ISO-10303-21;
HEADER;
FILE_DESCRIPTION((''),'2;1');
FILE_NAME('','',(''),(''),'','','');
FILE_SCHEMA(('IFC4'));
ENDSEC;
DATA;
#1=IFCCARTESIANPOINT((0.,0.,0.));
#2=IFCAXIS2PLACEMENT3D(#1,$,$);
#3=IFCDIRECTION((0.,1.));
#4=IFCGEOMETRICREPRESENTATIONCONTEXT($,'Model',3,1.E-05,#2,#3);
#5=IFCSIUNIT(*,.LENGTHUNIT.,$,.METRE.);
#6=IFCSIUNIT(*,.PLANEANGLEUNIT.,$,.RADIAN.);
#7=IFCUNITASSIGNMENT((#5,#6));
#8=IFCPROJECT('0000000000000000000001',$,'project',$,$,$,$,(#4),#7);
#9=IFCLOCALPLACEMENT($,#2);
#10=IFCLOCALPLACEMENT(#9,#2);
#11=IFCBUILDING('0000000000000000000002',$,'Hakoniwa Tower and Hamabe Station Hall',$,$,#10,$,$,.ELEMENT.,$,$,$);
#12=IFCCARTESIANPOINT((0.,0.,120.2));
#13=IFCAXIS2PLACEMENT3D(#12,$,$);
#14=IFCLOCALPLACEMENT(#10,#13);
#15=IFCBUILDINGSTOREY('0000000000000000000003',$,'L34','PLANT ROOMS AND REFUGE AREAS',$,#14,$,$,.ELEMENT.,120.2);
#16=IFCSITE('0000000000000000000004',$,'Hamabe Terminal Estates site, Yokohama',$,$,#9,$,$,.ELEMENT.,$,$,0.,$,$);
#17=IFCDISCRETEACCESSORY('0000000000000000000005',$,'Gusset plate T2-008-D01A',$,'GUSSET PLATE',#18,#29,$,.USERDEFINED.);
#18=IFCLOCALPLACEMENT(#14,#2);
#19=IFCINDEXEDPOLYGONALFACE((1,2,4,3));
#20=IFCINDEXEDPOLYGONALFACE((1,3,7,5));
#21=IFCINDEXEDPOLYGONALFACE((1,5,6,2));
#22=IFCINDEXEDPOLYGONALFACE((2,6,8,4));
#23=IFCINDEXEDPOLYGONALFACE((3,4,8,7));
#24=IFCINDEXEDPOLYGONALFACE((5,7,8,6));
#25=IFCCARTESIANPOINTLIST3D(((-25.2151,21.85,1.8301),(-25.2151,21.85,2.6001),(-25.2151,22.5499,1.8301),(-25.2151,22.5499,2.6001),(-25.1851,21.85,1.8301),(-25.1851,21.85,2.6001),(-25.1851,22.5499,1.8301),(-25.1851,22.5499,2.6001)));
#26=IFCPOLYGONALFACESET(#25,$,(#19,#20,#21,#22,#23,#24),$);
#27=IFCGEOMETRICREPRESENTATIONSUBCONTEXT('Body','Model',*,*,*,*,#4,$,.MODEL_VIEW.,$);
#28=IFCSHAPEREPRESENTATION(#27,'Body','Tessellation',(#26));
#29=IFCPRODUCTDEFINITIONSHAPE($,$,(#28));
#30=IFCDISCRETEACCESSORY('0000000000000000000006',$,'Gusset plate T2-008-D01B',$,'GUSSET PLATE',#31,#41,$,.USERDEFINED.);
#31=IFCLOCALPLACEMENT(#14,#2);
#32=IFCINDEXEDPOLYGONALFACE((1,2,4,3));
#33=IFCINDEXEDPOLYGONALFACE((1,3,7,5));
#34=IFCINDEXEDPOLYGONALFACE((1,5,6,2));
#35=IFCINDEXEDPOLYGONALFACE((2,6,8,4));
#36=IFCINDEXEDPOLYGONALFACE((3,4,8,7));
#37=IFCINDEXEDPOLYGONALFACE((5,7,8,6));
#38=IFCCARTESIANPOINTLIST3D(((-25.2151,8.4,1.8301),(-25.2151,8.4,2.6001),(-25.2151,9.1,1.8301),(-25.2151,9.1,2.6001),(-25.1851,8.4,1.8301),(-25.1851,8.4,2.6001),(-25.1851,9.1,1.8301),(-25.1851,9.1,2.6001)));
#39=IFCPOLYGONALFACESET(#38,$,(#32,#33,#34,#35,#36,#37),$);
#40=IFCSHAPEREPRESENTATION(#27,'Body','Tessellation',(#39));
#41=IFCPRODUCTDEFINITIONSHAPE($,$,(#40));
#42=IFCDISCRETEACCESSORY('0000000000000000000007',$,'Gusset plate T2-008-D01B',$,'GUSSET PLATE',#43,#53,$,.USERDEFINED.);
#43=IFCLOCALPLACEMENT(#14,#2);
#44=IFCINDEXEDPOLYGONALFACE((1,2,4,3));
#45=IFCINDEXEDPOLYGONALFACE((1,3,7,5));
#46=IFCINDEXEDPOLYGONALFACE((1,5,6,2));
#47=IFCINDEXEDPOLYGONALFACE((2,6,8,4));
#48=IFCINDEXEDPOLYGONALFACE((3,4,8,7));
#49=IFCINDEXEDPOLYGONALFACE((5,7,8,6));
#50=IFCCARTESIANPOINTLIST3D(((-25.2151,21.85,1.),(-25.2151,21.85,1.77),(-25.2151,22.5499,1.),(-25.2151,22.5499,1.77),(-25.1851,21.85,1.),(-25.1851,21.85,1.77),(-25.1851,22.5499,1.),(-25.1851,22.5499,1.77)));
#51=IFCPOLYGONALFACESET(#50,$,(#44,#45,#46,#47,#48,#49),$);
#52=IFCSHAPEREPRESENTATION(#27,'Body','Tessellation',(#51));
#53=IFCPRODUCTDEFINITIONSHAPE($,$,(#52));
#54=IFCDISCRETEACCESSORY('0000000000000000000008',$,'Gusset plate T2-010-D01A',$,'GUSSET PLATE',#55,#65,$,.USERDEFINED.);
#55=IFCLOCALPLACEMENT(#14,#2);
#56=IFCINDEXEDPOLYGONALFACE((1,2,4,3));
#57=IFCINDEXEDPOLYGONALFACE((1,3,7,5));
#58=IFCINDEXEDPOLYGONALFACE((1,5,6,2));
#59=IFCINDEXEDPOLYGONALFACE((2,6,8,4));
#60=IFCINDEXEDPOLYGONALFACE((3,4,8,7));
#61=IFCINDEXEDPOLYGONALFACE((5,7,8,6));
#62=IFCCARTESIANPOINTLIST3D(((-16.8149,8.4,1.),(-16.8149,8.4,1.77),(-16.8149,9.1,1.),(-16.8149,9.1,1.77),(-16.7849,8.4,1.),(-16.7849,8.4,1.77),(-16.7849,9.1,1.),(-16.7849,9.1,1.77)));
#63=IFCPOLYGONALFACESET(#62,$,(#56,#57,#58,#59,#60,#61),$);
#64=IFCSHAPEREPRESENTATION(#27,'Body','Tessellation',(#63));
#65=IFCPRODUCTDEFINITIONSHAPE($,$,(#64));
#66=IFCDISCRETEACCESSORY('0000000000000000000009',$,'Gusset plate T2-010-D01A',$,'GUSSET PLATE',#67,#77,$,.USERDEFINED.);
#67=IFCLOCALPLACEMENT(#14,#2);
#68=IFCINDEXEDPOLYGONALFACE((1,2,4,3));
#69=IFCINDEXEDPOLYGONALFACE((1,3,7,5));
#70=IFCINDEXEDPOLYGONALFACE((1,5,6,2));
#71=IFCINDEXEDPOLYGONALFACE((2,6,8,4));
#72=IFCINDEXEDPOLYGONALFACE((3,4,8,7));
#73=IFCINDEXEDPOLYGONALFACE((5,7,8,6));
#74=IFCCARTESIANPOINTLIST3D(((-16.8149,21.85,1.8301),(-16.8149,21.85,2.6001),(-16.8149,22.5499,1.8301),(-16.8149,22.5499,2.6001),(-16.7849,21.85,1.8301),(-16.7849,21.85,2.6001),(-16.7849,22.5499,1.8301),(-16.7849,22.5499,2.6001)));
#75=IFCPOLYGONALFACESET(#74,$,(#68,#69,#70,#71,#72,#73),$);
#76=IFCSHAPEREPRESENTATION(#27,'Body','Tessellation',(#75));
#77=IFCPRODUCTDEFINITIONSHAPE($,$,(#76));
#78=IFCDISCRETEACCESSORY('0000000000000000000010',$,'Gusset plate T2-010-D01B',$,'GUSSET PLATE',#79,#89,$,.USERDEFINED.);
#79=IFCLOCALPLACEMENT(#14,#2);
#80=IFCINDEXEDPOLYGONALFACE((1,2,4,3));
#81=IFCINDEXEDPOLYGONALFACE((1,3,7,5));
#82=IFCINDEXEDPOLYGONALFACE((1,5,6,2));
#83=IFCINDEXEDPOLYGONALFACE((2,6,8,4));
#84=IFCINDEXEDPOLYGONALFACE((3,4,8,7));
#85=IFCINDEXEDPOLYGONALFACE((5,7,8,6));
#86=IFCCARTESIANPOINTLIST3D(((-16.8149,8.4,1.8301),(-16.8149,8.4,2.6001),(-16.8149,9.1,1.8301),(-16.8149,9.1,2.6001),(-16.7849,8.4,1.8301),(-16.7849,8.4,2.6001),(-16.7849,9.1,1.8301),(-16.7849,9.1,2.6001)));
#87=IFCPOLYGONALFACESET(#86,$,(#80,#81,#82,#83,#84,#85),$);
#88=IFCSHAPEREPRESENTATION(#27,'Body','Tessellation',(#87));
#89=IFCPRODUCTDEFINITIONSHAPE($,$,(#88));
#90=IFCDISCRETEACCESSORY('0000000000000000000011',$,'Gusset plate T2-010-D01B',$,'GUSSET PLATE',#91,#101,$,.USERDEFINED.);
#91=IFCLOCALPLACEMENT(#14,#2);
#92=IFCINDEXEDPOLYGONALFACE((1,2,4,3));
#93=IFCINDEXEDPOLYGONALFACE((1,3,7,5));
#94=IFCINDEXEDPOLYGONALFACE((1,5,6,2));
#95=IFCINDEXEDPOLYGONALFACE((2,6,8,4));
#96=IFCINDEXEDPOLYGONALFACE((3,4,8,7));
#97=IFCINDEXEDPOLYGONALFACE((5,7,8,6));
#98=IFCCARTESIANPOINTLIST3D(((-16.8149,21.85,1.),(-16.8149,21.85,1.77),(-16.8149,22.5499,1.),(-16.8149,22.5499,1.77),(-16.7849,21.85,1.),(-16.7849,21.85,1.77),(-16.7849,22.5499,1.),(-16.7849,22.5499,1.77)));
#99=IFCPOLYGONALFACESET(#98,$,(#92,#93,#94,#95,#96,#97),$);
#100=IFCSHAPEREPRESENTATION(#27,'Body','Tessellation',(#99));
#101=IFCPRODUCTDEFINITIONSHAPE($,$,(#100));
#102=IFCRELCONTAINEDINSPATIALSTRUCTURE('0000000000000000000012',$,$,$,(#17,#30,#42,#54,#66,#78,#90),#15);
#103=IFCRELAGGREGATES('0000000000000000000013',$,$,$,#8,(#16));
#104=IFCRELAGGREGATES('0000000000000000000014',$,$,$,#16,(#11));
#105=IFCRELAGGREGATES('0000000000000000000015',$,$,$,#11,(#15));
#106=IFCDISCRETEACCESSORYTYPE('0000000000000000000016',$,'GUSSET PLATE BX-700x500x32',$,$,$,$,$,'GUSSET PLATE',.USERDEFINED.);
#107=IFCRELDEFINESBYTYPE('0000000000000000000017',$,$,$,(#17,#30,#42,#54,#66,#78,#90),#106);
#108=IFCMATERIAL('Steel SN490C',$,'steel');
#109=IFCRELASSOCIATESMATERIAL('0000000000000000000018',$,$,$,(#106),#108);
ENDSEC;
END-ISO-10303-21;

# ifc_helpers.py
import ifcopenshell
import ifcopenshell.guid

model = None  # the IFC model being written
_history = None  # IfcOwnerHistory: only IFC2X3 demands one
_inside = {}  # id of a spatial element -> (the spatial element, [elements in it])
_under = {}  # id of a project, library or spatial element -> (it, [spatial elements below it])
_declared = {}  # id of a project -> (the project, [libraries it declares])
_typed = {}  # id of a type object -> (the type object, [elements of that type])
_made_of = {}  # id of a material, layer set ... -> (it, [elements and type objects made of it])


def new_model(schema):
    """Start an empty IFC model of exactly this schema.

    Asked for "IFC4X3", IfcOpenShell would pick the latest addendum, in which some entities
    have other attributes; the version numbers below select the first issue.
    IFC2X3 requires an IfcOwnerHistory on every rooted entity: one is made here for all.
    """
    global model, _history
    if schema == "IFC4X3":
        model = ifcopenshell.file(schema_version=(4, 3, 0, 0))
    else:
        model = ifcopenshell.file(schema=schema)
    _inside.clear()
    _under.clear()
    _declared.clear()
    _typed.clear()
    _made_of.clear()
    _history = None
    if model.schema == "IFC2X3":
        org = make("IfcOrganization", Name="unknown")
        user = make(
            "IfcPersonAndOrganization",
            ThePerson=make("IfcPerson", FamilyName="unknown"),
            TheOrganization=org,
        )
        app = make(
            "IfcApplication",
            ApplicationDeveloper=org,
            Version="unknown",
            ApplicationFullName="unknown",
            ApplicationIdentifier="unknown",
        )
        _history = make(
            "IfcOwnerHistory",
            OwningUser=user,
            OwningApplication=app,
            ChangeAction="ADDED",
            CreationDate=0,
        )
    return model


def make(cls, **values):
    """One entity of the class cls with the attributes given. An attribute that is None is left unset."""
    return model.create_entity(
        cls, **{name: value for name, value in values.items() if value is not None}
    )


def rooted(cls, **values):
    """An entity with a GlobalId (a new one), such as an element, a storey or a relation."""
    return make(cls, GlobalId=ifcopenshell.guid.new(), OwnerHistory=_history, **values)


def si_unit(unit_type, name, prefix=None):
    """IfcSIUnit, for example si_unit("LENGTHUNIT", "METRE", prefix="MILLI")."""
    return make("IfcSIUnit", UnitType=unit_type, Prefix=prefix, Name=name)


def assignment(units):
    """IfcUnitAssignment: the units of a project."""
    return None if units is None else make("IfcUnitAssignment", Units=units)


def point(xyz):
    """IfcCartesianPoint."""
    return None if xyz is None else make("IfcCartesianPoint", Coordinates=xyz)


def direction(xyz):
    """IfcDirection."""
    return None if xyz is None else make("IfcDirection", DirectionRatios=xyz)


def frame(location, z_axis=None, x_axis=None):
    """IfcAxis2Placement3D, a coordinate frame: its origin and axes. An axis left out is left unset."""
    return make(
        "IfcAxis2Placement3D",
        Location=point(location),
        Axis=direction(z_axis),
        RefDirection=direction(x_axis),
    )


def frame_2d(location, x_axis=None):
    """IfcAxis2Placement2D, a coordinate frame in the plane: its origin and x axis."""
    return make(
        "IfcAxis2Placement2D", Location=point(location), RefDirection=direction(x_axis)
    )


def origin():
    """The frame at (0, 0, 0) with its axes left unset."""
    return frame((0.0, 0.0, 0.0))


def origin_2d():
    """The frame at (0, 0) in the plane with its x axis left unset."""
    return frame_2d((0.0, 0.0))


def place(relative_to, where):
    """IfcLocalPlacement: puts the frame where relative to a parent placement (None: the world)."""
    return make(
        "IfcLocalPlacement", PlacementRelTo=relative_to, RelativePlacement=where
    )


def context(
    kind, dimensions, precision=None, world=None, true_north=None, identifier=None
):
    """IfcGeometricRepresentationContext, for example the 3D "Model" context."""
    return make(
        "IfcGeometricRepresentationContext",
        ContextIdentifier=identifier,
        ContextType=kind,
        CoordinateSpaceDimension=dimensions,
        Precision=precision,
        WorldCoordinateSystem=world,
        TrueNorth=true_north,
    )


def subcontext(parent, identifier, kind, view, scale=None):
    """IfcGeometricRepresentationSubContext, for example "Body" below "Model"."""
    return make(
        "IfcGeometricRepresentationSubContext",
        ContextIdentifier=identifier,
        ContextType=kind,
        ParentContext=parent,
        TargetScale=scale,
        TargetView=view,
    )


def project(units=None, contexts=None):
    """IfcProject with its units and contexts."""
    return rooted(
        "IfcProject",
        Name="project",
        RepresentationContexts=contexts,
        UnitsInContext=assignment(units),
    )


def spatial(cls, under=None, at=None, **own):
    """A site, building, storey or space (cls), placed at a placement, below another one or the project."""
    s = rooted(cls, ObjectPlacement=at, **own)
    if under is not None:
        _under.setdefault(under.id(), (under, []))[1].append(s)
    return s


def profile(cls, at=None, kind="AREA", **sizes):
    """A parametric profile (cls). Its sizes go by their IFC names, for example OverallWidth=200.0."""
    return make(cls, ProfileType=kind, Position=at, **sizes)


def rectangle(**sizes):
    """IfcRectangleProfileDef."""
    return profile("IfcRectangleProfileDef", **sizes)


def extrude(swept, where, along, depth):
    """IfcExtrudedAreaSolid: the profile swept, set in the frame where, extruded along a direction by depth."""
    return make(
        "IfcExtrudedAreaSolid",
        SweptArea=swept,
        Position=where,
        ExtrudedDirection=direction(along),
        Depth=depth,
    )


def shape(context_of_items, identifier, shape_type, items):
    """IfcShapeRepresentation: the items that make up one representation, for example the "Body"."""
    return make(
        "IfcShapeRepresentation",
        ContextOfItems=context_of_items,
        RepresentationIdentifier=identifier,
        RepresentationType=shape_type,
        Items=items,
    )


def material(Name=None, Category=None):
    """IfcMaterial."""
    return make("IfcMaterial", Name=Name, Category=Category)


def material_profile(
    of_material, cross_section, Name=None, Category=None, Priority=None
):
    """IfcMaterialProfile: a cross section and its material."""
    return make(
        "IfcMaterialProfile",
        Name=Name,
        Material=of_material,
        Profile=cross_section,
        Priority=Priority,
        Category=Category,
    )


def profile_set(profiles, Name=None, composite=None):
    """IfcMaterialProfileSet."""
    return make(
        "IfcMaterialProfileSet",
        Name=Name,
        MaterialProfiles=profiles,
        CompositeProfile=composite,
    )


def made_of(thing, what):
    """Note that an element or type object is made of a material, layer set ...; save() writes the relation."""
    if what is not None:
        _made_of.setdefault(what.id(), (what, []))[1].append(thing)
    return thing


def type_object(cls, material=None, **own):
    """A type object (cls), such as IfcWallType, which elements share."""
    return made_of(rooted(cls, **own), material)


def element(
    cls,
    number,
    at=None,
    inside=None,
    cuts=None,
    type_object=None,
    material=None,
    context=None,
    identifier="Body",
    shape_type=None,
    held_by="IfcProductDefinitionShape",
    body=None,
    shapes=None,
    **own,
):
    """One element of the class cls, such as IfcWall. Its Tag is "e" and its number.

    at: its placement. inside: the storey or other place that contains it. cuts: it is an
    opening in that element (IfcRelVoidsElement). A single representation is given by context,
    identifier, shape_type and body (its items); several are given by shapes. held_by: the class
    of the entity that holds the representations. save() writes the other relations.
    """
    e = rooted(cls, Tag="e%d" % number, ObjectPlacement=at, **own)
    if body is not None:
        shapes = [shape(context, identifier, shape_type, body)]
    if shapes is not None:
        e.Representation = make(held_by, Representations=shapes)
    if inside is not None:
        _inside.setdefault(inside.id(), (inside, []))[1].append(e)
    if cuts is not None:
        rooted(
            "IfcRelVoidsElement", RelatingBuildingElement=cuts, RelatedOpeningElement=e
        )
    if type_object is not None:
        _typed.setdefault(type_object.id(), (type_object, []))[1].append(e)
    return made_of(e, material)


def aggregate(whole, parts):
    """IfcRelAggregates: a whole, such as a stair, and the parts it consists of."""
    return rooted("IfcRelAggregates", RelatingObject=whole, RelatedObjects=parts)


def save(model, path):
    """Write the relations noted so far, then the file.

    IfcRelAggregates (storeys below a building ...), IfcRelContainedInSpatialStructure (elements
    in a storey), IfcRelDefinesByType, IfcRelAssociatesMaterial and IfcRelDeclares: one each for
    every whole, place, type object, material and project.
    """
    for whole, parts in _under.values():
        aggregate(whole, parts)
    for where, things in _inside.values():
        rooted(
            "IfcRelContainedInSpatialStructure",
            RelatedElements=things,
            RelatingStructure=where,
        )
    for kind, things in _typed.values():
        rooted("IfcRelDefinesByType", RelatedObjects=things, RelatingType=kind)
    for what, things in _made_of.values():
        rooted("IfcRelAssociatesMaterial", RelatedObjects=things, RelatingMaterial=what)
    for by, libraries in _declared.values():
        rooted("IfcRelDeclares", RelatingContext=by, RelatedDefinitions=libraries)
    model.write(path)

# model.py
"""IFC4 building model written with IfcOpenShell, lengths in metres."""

from ifc_helpers import new_model, si_unit, direction, frame, origin, origin_2d, place, context, subcontext, project, spatial, rectangle, extrude, material, material_profile, profile_set, type_object, element, save


model = new_model("IFC4")

# Units and contexts
model_context = context("Model", 3, precision=1e-05, world=origin(), true_north=direction((0.0, 1.0)))
body_context = subcontext(model_context, "Body", "Model", "MODEL_VIEW")
ifc_project = project(units=[si_unit("LENGTHUNIT", "METRE"), si_unit("PLANEANGLEUNIT", "RADIAN")], contexts=[model_context])

# Site, building, storey
site_placement = place(None, origin())
site = spatial("IfcSite", under=ifc_project, at=site_placement, Name="Hamabe Terminal Estates site, Yokohama", CompositionType="ELEMENT", RefElevation=0.0)
building_placement = place(site_placement, origin())
building = spatial("IfcBuilding", under=site, at=building_placement, Name="Hakoniwa Tower and Hamabe Station Hall", CompositionType="ELEMENT")
storey_placement = place(building_placement, frame((0.0, 0.0, 120.2)))
storey = spatial("IfcBuildingStorey", under=building, at=storey_placement, Name="L34", Description="PLANT ROOMS AND REFUGE AREAS", CompositionType="ELEMENT", Elevation=120.2)

# Discrete accessories
ifc_material_1 = material(Name="Steel SN490C", Category="steel")
ifc_material_profile_1 = material_profile(ifc_material_1, rectangle(XDim=0.7, YDim=0.77, at=origin_2d()), Name="GUSSET PLATE BX-700x500x32")
ifc_profile_set_1 = profile_set([ifc_material_profile_1], Name="Steel SN490C")
discrete_accessory_type = type_object("IfcDiscreteAccessoryType", Name="GUSSET PLATE BX-700x500x32", ElementType="GUSSET PLATE", PredefinedType="USERDEFINED", material=ifc_profile_set_1)
for number, where, z_axis, x_axis, name in (
    (1, (-25.1851, 22.2, 2.2151), (-1.0, 0.0, 0.0), (0.0, -1.0, 0.0), "Gusset plate T2-008-D01A"),
    (2, (-25.1851, 8.75, 2.2151), (-1.0, 0.0, 0.0), (0.0, -1.0, 0.0), "Gusset plate T2-008-D01B"),
    (3, (-25.1851, 22.2, 1.385), (-1.0, 0.0, 0.0), (0.0, -1.0, 0.0), "Gusset plate T2-008-D01B"),
    (4, (-16.7849, 8.75, 1.385), (-1.0, 0.0, 0.0), (0.0, -1.0, 0.0), "Gusset plate T2-010-D01A"),
    (5, (-16.7849, 22.2, 2.2151), (-1.0, 0.0, 0.0), (0.0, -1.0, 0.0), "Gusset plate T2-010-D01A"),
    (6, (-16.7849, 8.75, 2.2151), (-1.0, 0.0, 0.0), (0.0, -1.0, 0.0), "Gusset plate T2-010-D01B"),
    (7, (-16.7849, 22.2, 1.385), (-1.0, 0.0, 0.0), (0.0, -1.0, 0.0), "Gusset plate T2-010-D01B"),
):
    element("IfcDiscreteAccessory", number, at=place(storey_placement, frame(where, z_axis=z_axis, x_axis=x_axis)), inside=storey, type_object=discrete_accessory_type, Name=name, ObjectType="GUSSET PLATE", PredefinedType="USERDEFINED", context=body_context, shape_type="SweptSolid", body=[
        extrude(rectangle(XDim=0.7, YDim=0.77, at=origin_2d()), origin(), (0.0, 0.0, 1.0), 0.03),
    ])

save(model, "model.ifc")
